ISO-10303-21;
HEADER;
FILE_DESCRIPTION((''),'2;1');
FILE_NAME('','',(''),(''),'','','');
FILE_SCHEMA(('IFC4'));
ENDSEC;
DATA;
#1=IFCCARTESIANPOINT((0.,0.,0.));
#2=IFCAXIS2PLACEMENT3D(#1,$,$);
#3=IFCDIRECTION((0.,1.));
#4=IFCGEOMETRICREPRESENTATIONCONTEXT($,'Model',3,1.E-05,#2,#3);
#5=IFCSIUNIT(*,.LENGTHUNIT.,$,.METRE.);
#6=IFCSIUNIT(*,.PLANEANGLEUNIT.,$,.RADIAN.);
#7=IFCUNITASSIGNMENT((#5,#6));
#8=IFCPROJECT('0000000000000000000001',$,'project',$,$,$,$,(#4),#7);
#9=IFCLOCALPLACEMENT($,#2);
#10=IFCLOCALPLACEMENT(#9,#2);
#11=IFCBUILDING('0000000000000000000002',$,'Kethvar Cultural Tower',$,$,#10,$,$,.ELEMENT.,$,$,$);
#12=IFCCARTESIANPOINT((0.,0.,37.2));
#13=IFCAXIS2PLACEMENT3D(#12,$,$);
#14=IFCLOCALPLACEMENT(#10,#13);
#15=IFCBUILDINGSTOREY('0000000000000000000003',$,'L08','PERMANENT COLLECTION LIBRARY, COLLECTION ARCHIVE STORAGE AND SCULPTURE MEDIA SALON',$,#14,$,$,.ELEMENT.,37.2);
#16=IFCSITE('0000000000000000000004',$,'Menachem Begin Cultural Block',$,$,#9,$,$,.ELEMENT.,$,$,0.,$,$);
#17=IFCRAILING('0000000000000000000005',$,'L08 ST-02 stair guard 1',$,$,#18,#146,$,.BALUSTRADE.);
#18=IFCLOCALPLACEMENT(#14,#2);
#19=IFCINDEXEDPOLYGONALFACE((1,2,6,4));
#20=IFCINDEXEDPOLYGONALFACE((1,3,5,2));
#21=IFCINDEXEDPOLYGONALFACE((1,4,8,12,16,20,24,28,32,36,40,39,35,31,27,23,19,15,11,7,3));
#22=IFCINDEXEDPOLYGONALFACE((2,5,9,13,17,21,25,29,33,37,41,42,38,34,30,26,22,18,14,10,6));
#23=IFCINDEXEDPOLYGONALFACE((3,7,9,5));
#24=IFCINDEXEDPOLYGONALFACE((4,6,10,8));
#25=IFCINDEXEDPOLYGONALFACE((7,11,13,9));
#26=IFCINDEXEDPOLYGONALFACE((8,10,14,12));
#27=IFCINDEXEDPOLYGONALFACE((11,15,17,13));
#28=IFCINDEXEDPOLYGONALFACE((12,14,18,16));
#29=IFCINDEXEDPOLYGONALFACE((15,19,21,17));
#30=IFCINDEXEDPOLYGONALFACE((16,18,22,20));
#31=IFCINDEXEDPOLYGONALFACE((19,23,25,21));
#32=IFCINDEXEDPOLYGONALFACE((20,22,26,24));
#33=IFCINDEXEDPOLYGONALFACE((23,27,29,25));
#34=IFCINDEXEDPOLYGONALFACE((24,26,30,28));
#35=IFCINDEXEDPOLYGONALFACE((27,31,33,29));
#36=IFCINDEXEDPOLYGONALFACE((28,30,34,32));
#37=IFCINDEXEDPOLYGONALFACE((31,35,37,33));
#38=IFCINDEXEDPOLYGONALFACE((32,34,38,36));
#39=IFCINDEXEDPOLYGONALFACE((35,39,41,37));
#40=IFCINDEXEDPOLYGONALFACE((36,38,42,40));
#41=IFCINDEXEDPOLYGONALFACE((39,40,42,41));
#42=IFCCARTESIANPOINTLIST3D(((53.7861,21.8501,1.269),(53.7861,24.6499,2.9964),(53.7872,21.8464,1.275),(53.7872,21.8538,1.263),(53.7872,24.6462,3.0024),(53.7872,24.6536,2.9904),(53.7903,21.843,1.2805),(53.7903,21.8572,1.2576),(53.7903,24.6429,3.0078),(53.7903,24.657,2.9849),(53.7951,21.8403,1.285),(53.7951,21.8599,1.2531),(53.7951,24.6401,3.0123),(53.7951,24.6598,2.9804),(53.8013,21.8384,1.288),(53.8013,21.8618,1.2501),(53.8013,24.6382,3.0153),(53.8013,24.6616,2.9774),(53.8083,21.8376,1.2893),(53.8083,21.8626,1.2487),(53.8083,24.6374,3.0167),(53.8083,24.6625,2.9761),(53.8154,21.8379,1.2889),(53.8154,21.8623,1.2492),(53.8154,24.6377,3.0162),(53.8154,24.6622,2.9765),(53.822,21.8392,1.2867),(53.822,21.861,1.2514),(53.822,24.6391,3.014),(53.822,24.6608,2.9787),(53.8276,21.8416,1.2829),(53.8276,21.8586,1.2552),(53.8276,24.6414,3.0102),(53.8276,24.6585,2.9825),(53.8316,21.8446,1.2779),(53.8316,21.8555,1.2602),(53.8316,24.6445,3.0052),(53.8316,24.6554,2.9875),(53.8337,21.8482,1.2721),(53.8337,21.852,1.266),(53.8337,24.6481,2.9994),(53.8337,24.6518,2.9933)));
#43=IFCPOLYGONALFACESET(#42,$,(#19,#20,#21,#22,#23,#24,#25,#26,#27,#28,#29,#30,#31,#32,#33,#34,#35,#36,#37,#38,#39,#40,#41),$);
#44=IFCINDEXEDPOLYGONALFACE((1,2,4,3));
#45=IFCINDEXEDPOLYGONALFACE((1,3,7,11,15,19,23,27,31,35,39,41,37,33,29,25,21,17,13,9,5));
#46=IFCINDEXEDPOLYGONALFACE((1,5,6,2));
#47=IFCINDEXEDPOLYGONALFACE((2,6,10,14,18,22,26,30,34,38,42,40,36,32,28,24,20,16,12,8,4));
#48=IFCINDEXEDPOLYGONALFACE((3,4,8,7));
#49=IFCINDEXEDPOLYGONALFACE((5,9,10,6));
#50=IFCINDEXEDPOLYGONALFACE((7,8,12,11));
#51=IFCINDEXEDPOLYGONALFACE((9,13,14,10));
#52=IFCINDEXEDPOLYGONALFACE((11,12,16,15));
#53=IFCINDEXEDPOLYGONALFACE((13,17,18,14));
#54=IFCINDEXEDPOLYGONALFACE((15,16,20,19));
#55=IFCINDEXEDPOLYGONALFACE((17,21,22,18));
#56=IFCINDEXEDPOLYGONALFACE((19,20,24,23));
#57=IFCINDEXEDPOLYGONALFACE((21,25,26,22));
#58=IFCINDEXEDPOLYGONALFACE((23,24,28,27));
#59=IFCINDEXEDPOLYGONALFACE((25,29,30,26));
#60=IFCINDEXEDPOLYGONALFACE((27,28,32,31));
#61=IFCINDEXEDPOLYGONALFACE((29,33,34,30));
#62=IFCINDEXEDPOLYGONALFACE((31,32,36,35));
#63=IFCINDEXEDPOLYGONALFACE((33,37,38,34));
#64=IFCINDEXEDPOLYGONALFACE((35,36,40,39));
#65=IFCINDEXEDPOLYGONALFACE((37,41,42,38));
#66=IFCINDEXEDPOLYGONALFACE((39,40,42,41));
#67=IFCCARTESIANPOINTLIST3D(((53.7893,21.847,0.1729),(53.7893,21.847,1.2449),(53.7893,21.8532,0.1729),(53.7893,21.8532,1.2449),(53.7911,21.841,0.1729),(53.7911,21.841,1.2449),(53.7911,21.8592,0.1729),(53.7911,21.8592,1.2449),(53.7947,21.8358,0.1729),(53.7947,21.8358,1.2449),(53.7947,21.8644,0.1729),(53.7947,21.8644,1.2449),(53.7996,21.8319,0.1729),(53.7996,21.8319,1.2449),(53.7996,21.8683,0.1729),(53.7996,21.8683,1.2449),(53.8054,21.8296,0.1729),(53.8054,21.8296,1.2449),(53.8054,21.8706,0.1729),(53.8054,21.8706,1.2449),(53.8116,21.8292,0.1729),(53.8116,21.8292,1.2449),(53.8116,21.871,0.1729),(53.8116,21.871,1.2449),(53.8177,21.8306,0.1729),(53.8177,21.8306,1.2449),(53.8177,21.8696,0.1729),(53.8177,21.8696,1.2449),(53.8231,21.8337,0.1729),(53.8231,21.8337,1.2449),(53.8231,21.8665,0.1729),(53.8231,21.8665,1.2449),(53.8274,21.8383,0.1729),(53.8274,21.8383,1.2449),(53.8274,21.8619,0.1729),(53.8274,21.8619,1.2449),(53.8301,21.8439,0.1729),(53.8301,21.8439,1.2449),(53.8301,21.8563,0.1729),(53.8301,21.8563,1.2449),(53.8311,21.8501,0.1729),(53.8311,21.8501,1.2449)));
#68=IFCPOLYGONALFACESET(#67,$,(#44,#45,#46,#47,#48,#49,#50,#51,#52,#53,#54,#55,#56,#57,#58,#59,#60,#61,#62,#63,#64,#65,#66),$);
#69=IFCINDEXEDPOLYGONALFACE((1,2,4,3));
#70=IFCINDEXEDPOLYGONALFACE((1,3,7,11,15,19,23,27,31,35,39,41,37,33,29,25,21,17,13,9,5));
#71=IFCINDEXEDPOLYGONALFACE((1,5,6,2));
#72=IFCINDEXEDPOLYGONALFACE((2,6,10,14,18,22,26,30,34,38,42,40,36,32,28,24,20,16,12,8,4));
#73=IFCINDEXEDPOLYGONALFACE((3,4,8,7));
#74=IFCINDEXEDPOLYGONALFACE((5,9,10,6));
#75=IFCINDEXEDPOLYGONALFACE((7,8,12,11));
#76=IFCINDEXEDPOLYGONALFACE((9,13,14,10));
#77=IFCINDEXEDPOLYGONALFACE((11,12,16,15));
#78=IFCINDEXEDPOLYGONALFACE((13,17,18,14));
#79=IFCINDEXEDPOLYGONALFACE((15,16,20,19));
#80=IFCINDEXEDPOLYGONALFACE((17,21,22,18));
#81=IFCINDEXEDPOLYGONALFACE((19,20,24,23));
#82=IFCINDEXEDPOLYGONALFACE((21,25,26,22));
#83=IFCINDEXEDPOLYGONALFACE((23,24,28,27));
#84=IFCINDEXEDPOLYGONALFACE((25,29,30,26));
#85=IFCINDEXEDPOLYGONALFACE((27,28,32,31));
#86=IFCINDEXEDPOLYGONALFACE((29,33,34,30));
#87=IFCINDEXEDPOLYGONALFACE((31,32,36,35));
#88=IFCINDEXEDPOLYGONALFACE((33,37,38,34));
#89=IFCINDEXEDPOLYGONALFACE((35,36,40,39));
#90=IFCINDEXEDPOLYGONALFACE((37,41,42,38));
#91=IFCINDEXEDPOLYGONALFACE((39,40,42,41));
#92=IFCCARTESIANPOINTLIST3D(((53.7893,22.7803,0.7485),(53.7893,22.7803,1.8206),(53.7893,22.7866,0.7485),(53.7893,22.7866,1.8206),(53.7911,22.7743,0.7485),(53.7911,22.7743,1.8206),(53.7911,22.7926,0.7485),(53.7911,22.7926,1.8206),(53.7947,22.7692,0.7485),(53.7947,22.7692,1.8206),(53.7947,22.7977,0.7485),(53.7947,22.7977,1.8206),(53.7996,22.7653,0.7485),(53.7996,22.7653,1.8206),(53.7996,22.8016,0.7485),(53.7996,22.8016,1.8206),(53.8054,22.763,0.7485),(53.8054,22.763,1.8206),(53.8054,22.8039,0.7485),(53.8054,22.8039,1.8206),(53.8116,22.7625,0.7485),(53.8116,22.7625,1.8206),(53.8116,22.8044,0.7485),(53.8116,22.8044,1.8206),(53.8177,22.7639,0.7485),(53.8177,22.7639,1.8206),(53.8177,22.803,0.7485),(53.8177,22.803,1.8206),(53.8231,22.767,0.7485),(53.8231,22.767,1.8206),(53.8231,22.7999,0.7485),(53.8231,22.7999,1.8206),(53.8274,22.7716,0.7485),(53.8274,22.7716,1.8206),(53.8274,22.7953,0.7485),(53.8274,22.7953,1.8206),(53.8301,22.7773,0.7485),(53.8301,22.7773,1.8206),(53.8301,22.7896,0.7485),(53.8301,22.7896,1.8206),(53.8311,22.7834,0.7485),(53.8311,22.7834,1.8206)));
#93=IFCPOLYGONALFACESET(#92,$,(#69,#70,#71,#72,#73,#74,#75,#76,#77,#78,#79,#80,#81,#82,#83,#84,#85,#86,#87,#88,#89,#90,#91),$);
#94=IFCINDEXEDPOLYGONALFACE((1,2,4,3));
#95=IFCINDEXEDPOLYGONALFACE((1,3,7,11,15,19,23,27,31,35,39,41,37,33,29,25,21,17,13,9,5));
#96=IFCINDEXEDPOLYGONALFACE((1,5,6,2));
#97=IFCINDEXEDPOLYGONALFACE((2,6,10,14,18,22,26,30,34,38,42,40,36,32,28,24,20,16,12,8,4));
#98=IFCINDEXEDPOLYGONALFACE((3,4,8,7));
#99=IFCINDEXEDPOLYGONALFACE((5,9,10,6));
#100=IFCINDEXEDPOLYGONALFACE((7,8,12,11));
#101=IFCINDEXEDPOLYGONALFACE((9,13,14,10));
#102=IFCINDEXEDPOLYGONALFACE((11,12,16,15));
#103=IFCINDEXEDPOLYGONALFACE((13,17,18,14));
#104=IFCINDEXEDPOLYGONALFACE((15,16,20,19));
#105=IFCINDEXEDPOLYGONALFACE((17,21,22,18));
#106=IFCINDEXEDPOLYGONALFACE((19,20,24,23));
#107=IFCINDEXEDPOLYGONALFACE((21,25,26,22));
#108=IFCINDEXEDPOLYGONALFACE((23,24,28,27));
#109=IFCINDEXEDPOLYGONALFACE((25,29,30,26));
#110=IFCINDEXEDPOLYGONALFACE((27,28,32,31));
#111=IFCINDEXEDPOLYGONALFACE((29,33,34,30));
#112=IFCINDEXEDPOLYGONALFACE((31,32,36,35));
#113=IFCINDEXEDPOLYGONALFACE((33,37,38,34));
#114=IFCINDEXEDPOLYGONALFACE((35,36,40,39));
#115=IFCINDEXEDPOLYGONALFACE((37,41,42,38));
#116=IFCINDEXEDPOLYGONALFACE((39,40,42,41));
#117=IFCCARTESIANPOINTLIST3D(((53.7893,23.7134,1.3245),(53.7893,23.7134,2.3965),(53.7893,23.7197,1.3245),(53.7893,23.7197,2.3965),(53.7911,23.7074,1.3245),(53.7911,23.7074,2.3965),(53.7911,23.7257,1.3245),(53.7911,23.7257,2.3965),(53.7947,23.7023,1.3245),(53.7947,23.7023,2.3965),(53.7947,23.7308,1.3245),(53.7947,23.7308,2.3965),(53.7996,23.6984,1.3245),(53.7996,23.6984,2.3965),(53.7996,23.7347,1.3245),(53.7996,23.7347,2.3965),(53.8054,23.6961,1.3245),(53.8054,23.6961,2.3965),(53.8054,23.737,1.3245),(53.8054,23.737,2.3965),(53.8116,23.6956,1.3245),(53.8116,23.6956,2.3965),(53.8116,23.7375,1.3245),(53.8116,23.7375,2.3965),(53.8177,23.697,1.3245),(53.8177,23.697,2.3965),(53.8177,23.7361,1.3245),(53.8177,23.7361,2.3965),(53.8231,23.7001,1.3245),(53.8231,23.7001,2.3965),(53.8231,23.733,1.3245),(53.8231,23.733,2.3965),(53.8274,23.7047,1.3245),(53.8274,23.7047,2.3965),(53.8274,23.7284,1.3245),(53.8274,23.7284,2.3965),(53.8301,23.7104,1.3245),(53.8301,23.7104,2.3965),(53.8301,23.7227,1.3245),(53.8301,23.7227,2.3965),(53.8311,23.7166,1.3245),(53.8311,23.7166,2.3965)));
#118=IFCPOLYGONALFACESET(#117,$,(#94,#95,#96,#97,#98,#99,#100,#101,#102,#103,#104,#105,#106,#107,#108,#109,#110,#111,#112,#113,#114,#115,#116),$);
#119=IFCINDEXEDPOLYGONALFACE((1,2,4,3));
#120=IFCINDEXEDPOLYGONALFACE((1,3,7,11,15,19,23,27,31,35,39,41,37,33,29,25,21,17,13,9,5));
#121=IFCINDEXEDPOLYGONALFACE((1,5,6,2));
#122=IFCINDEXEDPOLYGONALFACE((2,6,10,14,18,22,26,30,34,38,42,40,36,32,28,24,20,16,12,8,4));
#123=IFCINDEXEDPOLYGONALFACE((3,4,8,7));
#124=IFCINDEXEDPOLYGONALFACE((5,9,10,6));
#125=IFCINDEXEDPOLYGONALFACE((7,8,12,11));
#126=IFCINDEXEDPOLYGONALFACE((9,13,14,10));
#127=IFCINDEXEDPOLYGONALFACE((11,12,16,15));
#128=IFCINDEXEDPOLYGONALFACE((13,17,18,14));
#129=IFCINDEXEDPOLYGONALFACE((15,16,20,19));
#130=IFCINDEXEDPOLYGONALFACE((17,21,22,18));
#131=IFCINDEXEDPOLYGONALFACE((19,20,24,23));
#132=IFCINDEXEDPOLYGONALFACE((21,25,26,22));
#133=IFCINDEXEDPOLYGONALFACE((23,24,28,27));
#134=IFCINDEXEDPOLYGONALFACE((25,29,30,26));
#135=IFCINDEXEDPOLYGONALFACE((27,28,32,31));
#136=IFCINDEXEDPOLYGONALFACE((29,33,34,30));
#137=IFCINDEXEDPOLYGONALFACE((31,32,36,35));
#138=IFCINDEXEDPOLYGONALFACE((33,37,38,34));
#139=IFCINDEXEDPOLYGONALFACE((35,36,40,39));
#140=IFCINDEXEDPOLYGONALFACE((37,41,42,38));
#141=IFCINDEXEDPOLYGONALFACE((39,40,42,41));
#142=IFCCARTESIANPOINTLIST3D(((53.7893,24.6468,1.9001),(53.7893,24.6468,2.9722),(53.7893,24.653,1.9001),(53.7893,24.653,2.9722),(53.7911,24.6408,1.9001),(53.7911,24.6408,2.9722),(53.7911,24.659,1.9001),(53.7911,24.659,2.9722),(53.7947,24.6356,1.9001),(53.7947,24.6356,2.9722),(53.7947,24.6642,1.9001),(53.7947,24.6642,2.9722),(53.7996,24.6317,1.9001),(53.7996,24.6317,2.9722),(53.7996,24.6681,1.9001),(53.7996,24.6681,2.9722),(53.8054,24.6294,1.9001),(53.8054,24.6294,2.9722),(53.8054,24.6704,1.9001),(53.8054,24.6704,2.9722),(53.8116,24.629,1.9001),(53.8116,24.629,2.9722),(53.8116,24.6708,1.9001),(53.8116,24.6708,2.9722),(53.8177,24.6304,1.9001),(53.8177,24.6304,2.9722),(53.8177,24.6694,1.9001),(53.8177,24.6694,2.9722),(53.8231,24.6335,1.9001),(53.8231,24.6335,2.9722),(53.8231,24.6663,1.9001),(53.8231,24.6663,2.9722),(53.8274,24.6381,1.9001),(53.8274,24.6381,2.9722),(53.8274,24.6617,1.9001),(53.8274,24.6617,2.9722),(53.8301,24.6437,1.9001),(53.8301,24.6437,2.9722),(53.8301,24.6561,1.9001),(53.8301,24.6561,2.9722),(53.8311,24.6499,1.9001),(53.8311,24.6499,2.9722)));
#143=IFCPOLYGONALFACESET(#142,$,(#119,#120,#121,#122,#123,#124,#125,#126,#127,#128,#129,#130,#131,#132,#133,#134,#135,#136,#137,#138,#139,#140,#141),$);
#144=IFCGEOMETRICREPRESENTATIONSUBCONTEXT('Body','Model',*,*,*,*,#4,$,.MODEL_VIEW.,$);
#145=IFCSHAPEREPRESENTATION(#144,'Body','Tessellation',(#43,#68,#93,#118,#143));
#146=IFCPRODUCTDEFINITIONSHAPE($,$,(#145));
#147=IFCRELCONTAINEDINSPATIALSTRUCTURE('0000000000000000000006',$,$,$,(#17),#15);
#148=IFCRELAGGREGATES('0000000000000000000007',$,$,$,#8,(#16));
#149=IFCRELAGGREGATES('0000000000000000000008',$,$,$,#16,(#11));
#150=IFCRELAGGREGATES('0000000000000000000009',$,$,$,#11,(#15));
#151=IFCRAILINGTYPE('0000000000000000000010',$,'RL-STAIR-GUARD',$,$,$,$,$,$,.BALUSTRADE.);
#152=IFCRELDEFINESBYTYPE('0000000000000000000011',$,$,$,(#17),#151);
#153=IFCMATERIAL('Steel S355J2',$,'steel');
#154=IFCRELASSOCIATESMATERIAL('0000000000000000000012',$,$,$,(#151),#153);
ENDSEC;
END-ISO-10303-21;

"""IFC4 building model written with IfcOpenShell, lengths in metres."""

from ifc_helpers import new_model, si_unit, direction, frame, origin, origin_2d, place, context, subcontext, project, spatial, circle, extrude, material, type_object, element, save


model = new_model("IFC4")

# Units and contexts
model_context = context("Model", 3, precision=1e-05, world=origin(), true_north=direction((0.0, 1.0)))
body_context = subcontext(model_context, "Body", "Model", "MODEL_VIEW")
ifc_project = project(units=[si_unit("LENGTHUNIT", "METRE"), si_unit("PLANEANGLEUNIT", "RADIAN")], contexts=[model_context])

# Site, building, storey
site_placement = place(None, origin())
site = spatial("IfcSite", under=ifc_project, at=site_placement, Name="Menachem Begin Cultural Block", CompositionType="ELEMENT", RefElevation=0.0)
building_placement = place(site_placement, origin())
building = spatial("IfcBuilding", under=site, at=building_placement, Name="Kethvar Cultural Tower", CompositionType="ELEMENT")
storey_placement = place(building_placement, frame((0.0, 0.0, 37.2)))
storey = spatial("IfcBuildingStorey", under=building, at=storey_placement, Name="L08", Description="PERMANENT COLLECTION LIBRARY, COLLECTION ARCHIVE STORAGE AND SCULPTURE MEDIA SALON", CompositionType="ELEMENT", Elevation=37.2)

# Shared definitions
ifc_material_1 = material(Name="Steel S355J2", Category="steel")

# Railing
railing_type_1 = type_object("IfcRailingType", Name="RL-STAIR-GUARD", PredefinedType="BALUSTRADE", material=ifc_material_1)
railing_1_placement = place(storey_placement, frame((53.8101, 21.8501, 0.1729)))
element("IfcRailing", 1, at=railing_1_placement, inside=storey, type_object=railing_type_1, Name="L08 ST-02 stair guard 1", PredefinedType="BALUSTRADE", context=body_context, shape_type="SweptSolid", body=[
    extrude(circle(Radius=0.0239, at=origin_2d()), frame((0.0, 0.0, 1.0962), z_axis=(0.0, 0.851069, 0.525054), x_axis=(-1.0, 0.0, 0.0)), (0.0, 0.0, 1.0), 3.2898),
    extrude(circle(Radius=0.021, at=origin_2d()), origin(), (0.0, 0.0, 1.0), 1.072),
    extrude(circle(Radius=0.021, at=origin_2d()), frame((0.0, 0.9333, 0.5757)), (0.0, 0.0, 1.0), 1.072),
    extrude(circle(Radius=0.021, at=origin_2d()), frame((0.0, 1.8665, 1.1516)), (0.0, 0.0, 1.0), 1.072),
    extrude(circle(Radius=0.021, at=origin_2d()), frame((0.0, 2.7998, 1.7273)), (0.0, 0.0, 1.0), 1.072),
])

save(model, "model.ifc")
